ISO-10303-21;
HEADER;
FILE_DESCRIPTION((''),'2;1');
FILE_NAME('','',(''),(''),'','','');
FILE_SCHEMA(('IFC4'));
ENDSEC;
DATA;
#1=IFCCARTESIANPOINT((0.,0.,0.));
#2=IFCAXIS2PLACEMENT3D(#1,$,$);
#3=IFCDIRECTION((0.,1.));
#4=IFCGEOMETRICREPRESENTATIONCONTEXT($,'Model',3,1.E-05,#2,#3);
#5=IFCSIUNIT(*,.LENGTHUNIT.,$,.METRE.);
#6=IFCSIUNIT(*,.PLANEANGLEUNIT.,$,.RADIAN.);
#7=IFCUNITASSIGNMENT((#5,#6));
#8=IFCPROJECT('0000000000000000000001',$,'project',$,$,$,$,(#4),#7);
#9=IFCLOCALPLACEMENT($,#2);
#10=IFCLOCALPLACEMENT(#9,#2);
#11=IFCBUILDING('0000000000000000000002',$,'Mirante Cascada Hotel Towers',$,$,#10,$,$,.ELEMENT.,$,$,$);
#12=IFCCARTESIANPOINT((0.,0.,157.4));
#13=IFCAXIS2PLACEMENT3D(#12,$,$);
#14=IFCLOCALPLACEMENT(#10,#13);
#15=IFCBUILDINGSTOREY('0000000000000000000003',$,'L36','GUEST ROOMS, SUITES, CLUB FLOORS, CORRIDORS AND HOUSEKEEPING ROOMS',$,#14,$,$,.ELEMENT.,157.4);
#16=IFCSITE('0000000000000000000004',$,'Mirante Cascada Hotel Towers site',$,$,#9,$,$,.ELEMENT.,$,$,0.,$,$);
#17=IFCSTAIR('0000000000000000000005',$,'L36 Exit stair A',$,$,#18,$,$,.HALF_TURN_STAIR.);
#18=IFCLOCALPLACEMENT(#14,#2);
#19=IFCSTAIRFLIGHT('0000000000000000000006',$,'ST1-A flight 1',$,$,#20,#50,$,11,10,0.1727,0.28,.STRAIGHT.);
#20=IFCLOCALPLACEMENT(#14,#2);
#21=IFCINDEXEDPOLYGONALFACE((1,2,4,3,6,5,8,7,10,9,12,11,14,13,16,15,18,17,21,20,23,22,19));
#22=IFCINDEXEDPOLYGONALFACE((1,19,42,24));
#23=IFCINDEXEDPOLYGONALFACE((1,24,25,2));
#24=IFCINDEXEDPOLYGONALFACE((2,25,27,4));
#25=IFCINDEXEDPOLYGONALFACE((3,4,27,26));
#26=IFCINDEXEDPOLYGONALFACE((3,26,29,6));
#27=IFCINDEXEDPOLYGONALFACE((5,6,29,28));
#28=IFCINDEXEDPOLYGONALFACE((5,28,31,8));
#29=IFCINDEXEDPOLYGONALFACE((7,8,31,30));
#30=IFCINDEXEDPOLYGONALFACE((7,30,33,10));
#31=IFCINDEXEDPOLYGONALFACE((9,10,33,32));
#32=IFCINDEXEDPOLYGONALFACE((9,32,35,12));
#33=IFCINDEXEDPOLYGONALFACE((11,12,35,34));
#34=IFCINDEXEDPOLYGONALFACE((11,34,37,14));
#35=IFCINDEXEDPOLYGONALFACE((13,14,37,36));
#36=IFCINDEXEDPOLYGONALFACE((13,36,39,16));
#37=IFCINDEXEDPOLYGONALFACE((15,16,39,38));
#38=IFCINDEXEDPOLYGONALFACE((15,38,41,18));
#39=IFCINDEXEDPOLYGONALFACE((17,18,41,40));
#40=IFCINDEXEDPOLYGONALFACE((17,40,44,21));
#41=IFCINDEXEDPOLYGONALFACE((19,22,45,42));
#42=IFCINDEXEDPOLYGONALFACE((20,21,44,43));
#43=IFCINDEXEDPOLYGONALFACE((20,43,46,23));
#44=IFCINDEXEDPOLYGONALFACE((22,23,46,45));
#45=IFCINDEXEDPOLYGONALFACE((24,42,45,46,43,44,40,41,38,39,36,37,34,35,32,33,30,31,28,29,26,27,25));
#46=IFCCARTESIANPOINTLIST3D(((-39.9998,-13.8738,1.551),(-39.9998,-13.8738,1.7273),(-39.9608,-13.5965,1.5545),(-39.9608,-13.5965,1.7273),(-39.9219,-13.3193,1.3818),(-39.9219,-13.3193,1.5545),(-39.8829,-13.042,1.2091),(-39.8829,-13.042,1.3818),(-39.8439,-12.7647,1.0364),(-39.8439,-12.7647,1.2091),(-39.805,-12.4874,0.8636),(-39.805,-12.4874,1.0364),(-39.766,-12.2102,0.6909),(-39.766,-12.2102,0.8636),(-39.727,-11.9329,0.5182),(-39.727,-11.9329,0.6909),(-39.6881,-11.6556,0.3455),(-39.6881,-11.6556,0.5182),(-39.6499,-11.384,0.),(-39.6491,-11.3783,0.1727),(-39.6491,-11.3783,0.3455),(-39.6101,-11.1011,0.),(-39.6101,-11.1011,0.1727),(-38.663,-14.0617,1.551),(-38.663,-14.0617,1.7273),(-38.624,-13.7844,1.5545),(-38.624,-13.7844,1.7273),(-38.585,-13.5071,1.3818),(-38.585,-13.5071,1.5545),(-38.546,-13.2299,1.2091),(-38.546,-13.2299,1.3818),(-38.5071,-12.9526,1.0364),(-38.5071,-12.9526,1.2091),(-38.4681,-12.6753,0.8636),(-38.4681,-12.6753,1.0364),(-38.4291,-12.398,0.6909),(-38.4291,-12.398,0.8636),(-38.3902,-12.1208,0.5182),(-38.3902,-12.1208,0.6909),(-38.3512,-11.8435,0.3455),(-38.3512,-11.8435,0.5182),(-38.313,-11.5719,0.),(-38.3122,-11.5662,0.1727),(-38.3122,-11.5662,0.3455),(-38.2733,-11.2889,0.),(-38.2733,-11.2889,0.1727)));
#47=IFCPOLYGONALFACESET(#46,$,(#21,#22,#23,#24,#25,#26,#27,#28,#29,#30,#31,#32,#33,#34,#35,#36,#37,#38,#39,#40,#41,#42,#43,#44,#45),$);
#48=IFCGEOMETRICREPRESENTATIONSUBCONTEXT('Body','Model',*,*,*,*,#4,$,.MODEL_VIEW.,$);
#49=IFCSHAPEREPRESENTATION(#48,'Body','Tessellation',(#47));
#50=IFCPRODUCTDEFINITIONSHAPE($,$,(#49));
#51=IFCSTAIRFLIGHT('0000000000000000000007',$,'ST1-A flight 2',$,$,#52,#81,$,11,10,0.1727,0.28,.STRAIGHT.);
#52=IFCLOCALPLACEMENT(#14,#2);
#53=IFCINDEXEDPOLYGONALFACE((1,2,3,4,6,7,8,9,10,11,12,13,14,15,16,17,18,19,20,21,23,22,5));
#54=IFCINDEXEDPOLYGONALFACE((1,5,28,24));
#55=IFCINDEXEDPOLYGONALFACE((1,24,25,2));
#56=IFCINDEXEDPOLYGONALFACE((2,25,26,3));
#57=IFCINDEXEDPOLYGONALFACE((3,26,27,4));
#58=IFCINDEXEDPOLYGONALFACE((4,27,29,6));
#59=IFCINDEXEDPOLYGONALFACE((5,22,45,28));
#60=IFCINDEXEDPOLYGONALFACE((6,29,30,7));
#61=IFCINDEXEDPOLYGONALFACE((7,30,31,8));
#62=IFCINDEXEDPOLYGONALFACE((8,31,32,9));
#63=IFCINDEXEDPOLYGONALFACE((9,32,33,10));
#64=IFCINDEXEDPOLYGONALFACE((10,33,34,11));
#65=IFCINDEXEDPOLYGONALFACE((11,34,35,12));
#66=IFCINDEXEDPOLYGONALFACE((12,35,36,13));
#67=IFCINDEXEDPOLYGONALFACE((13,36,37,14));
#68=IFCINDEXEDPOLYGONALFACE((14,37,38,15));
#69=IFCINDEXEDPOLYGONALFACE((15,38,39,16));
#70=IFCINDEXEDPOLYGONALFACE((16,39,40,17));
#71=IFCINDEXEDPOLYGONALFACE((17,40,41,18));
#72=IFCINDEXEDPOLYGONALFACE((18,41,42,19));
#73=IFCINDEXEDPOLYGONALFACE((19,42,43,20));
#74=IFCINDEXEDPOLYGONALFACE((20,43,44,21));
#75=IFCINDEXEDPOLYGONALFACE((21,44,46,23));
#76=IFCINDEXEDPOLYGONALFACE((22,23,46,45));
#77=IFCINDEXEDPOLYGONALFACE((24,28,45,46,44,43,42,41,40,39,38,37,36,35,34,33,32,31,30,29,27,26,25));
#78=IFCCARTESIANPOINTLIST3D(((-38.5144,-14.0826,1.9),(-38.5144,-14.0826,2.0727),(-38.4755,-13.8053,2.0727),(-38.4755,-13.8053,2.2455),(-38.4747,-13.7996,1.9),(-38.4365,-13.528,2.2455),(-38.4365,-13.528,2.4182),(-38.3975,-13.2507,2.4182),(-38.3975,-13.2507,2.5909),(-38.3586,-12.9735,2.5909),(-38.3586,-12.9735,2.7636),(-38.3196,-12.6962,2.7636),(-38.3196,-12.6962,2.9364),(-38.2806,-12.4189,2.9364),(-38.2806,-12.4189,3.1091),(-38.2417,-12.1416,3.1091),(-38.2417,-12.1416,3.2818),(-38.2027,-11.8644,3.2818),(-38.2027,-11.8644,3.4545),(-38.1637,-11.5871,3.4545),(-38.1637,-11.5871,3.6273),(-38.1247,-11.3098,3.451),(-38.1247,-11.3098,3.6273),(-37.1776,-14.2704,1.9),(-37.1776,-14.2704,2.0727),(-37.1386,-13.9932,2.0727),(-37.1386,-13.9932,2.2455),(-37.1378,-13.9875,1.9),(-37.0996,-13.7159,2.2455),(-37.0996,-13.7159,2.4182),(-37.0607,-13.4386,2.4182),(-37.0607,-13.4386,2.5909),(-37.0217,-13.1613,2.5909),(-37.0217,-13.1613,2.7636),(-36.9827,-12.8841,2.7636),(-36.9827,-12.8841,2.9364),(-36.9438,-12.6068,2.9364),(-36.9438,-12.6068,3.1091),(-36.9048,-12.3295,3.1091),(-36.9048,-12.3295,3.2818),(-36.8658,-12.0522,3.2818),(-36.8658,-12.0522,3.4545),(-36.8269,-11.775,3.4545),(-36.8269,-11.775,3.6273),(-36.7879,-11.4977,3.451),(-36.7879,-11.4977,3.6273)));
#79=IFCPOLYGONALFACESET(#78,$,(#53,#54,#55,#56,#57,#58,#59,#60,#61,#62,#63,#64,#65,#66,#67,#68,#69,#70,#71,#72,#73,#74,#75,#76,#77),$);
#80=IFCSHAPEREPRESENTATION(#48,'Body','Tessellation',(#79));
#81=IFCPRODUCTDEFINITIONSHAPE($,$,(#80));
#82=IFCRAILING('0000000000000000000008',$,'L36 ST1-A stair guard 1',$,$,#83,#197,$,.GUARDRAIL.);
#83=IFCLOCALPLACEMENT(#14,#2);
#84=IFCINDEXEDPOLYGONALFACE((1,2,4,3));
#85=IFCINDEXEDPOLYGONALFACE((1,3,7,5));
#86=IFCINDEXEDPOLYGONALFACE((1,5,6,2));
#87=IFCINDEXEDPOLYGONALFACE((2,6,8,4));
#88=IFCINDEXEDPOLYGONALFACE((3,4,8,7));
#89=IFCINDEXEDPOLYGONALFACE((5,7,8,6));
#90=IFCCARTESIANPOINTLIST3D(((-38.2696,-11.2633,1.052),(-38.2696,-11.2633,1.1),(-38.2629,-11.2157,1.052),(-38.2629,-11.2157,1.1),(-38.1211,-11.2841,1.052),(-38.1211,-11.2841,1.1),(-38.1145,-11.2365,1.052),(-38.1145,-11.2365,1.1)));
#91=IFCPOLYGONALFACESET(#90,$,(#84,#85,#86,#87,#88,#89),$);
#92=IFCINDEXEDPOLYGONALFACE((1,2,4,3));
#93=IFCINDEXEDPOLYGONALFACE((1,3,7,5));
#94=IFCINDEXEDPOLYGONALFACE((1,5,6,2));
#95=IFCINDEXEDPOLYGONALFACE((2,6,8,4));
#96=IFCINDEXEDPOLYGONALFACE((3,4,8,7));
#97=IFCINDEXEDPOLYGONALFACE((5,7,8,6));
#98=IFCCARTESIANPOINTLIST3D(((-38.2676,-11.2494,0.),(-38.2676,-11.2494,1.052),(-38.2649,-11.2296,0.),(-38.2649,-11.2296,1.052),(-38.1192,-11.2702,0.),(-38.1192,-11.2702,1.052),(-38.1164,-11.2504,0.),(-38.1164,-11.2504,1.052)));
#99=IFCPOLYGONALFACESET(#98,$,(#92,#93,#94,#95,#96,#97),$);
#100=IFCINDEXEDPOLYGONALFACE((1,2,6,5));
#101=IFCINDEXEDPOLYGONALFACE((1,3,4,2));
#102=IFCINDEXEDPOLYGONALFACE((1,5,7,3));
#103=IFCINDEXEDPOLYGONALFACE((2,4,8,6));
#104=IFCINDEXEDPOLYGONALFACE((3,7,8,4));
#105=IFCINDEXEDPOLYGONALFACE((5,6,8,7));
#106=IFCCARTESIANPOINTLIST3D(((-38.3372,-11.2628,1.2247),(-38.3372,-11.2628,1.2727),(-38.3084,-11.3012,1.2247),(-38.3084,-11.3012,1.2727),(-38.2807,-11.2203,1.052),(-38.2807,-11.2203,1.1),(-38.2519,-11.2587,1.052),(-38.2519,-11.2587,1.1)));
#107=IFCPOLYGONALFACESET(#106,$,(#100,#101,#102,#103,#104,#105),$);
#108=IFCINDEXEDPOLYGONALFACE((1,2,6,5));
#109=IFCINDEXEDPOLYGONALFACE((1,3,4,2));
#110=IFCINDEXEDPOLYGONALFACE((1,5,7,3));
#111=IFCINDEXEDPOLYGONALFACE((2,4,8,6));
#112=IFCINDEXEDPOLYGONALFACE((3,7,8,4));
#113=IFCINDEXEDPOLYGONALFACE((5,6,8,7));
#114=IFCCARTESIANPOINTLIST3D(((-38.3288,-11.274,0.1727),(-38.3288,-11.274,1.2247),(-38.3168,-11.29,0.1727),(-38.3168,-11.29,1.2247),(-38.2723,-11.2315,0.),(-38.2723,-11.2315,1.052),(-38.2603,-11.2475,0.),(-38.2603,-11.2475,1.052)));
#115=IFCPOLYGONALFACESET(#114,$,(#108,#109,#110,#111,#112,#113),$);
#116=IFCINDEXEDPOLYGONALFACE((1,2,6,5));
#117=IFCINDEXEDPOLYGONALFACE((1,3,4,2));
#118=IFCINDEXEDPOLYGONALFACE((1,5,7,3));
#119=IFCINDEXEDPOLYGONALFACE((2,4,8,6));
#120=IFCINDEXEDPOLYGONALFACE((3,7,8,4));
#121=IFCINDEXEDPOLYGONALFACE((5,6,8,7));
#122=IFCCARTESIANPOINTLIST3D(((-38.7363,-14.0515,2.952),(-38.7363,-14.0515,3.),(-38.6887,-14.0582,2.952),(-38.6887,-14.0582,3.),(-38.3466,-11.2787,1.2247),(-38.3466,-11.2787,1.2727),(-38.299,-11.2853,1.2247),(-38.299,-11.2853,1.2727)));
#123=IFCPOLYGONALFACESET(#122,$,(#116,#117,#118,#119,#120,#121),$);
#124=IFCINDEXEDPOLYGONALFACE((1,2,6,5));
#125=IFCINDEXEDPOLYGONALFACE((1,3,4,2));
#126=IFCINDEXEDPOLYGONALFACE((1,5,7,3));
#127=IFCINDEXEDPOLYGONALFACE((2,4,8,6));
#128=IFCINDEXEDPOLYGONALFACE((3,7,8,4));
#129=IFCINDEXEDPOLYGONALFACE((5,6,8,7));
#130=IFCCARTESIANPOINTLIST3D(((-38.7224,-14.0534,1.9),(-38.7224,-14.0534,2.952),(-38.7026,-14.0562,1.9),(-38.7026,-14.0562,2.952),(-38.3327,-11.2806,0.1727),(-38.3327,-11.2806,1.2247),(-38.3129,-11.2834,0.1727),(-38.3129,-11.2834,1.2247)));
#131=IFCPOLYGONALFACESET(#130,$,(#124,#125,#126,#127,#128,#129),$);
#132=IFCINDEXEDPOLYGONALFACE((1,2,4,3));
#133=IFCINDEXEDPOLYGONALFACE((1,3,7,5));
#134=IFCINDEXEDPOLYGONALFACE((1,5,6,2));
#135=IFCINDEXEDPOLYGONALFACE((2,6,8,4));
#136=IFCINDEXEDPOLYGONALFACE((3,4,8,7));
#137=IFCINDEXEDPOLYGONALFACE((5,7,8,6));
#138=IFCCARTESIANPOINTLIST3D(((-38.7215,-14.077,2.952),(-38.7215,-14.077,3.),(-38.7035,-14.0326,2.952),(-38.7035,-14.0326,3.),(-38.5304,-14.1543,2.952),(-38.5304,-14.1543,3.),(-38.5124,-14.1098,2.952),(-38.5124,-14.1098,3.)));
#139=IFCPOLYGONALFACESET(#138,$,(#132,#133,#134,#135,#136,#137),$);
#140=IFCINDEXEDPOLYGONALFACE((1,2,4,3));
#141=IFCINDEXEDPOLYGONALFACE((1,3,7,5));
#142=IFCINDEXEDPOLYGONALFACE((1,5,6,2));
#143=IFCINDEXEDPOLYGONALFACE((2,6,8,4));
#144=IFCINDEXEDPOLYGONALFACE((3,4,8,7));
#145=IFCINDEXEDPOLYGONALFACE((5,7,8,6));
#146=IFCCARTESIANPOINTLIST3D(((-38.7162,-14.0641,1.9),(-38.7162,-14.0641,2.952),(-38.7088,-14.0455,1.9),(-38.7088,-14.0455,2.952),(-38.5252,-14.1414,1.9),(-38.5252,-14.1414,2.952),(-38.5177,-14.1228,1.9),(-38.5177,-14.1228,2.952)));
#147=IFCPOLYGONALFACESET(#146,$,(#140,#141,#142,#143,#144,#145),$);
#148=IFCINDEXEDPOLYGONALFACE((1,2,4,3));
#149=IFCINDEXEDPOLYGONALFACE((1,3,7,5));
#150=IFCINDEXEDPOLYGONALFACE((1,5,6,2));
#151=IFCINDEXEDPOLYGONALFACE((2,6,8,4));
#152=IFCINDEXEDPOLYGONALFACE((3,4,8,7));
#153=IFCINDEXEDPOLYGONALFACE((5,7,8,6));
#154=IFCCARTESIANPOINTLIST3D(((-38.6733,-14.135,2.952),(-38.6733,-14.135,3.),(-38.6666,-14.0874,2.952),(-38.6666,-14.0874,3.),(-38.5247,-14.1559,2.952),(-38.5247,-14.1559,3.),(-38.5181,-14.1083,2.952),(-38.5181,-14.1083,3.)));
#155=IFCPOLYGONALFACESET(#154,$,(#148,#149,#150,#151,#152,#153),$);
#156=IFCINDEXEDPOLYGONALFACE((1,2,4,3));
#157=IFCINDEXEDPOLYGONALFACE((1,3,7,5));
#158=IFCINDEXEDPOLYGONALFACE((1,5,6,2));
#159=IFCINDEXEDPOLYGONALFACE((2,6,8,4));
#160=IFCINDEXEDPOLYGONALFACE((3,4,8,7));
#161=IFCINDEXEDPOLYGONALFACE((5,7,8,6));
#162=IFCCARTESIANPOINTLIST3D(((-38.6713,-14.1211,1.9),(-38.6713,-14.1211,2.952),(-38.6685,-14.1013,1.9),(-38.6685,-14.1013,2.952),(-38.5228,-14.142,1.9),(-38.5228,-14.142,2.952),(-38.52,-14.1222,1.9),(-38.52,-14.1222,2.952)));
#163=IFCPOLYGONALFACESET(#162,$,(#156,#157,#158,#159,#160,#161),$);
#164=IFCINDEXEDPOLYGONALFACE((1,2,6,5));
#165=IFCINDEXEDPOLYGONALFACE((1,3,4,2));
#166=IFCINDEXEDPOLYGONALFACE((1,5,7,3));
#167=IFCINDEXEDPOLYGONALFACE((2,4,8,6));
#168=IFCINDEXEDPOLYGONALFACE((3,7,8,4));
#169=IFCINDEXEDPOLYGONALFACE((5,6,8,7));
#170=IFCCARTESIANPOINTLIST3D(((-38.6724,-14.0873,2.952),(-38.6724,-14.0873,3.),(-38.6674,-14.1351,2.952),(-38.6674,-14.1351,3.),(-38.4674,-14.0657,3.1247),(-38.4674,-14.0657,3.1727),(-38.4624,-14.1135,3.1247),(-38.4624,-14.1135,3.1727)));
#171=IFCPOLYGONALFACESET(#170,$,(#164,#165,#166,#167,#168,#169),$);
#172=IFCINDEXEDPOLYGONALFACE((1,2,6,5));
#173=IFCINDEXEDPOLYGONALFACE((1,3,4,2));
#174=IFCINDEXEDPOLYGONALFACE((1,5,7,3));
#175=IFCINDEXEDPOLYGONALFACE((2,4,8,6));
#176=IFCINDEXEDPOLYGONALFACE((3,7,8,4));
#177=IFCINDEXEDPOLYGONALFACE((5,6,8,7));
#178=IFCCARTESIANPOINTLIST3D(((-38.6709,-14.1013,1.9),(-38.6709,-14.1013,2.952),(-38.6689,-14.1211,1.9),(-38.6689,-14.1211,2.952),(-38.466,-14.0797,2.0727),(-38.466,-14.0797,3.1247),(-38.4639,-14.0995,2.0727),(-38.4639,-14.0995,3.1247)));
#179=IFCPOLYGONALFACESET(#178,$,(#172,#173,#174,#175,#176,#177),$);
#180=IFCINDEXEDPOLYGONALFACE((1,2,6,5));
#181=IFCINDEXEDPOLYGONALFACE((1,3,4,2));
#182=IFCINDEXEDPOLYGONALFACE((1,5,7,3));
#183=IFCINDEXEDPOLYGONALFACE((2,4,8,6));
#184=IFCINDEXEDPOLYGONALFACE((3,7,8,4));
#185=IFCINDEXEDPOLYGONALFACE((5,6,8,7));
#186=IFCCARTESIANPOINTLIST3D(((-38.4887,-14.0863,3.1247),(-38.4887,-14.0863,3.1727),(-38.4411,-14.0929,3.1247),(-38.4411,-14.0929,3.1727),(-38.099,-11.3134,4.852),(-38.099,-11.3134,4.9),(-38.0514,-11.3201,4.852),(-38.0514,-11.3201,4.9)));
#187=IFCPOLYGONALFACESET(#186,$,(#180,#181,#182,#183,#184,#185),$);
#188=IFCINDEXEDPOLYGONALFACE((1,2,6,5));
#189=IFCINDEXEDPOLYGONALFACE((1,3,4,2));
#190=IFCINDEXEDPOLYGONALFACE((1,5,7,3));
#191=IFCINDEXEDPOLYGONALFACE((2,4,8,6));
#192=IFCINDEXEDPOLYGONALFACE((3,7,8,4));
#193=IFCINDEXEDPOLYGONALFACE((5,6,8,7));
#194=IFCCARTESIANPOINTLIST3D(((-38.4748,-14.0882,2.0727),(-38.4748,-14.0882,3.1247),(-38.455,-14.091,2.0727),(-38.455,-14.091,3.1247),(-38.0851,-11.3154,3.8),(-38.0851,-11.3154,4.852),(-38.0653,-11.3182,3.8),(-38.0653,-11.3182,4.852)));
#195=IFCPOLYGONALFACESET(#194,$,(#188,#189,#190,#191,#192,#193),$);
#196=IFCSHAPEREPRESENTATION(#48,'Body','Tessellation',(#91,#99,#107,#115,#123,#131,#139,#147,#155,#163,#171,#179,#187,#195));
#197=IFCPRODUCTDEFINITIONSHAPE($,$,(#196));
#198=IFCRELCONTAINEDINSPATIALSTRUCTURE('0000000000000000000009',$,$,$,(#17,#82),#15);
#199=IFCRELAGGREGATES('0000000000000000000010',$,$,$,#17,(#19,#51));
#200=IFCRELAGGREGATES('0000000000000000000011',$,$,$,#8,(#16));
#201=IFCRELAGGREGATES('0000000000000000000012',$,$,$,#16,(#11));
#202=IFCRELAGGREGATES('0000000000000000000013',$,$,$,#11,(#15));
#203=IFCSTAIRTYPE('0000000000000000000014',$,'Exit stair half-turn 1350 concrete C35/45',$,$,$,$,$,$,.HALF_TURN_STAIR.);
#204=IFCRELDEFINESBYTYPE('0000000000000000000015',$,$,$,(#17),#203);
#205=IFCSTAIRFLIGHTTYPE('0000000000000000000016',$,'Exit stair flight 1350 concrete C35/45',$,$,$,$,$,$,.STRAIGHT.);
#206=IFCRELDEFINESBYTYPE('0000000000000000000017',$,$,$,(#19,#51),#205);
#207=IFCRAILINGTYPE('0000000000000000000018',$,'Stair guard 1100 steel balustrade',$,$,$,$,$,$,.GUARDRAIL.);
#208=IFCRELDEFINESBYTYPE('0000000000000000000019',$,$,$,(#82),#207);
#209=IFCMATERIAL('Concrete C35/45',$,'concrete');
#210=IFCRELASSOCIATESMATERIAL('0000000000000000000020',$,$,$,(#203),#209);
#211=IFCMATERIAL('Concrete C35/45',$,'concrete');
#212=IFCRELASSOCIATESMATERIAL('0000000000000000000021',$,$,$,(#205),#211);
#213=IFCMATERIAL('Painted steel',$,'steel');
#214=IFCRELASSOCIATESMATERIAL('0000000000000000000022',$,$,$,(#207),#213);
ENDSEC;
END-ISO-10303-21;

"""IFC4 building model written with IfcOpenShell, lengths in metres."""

from ifc_helpers import new_model, si_unit, direction, frame, origin, origin_2d, place, context, subcontext, project, spatial, polyline, rectangle, outline, extrude, material, type_object, element, aggregate, save


model = new_model("IFC4")

# Units and contexts
model_context = context("Model", 3, precision=1e-05, world=origin(), true_north=direction((0.0, 1.0)))
body_context = subcontext(model_context, "Body", "Model", "MODEL_VIEW")
ifc_project = project(units=[si_unit("LENGTHUNIT", "METRE"), si_unit("PLANEANGLEUNIT", "RADIAN")], contexts=[model_context])

# Site, building, storey
site_placement = place(None, origin())
site = spatial("IfcSite", under=ifc_project, at=site_placement, Name="Mirante Cascada Hotel Towers site", CompositionType="ELEMENT", RefElevation=0.0)
building_placement = place(site_placement, origin())
building = spatial("IfcBuilding", under=site, at=building_placement, Name="Mirante Cascada Hotel Towers", CompositionType="ELEMENT")
storey_placement = place(building_placement, frame((0.0, 0.0, 157.4)))
storey = spatial("IfcBuildingStorey", under=building, at=storey_placement, Name="L36", Description="GUEST ROOMS, SUITES, CLUB FLOORS, CORRIDORS AND HOUSEKEEPING ROOMS", CompositionType="ELEMENT", Elevation=157.4)

# Stair, stair flights
ifc_material_1 = material(Name="Concrete C35/45", Category="concrete")
stair_type = type_object("IfcStairType", Name="Exit stair half-turn 1350 concrete C35/45", PredefinedType="HALF_TURN_STAIR", material=ifc_material_1)
stair_placement = place(storey_placement, origin())
stair = element("IfcStair", 1, at=stair_placement, inside=storey, type_object=stair_type, Name="L36 Exit stair A", PredefinedType="HALF_TURN_STAIR")
ifc_material_2 = material(Name="Concrete C35/45", Category="concrete")
stair_flight_type = type_object("IfcStairFlightType", Name="Exit stair flight 1350 concrete C35/45", PredefinedType="STRAIGHT", material=ifc_material_2)
stair_flight_1_placement = place(storey_placement, frame((-38.9417, -11.195, 0.0), z_axis=(0.0, 0.0, 1.0), x_axis=(-0.139173, -0.990268, 0.0)))
stair_flight_1 = element("IfcStairFlight", 2, at=stair_flight_1_placement, type_object=stair_flight_type, Name="ST1-A flight 1", NumberOfRisers=11, NumberOfTreads=10, PredefinedType="STRAIGHT", RiserHeight=0.1727, TreadLength=0.28, context=body_context, shape_type="SweptSolid", body=[
    extrude(outline(polyline([(0.0, 0.0), (0.0, 0.1727), (0.28, 0.1727), (0.28, 0.3455), (0.56, 0.3455), (0.56, 0.5182), (0.84, 0.5182), (0.84, 0.6909), (1.12, 0.6909), (1.12, 0.8636), (1.4, 0.8636), (1.4, 1.0364), (1.68, 1.0364), (1.68, 1.2091), (1.96, 1.2091), (1.96, 1.3818), (2.24, 1.3818), (2.24, 1.5545), (2.52, 1.5545), (2.52, 1.7273), (2.8, 1.7273), (2.8, 1.9), (2.8, 1.551), (0.2857, 0.0), (0.0, 0.0)])), frame((0.0, 0.675, 0.0), z_axis=(0.0, -1.0, 0.0), x_axis=(1.0, 0.0, 0.0)), (0.0, 0.0, 1.0), 1.35),
])
stair_flight_2_placement = place(storey_placement, frame((-37.846, -14.1765, 1.9), z_axis=(0.0, 0.0, 1.0), x_axis=(0.139173, 0.990268, 0.0)))
stair_flight_2 = element("IfcStairFlight", 3, at=stair_flight_2_placement, type_object=stair_flight_type, Name="ST1-A flight 2", NumberOfRisers=11, NumberOfTreads=10, PredefinedType="STRAIGHT", RiserHeight=0.1727, TreadLength=0.28, context=body_context, shape_type="SweptSolid", body=[
    extrude(outline(polyline([(0.0, 0.0), (0.0, 0.1727), (0.28, 0.1727), (0.28, 0.3455), (0.56, 0.3455), (0.56, 0.5182), (0.84, 0.5182), (0.84, 0.6909), (1.12, 0.6909), (1.12, 0.8636), (1.4, 0.8636), (1.4, 1.0364), (1.68, 1.0364), (1.68, 1.2091), (1.96, 1.2091), (1.96, 1.3818), (2.24, 1.3818), (2.24, 1.5545), (2.52, 1.5545), (2.52, 1.7273), (2.8, 1.7273), (2.8, 1.9), (2.8, 1.551), (0.2857, 0.0), (0.0, 0.0)])), frame((0.0, 0.675, 0.0), z_axis=(0.0, -1.0, 0.0), x_axis=(1.0, 0.0, 0.0)), (0.0, 0.0, 1.0), 1.35),
])
aggregate(stair, [stair_flight_1, stair_flight_2])

# Railing
ifc_material_3 = material(Name="Painted steel", Category="steel")
railing_type_1 = type_object("IfcRailingType", Name="Stair guard 1100 steel balustrade", PredefinedType="GUARDRAIL", material=ifc_material_3)
railing_1_placement = place(storey_placement, frame((-38.1178, -11.2603, 0.0)))
element("IfcRailing", 4, at=railing_1_placement, inside=storey, type_object=railing_type_1, Name="L36 ST1-A stair guard 1", PredefinedType="GUARDRAIL", context=body_context, shape_type="SweptSolid", body=[
    extrude(rectangle(XDim=0.048, YDim=0.048, at=origin_2d()), frame((0.0, 0.0, 1.076), z_axis=(-0.990333, 0.138713, 0.0), x_axis=(-0.138713, -0.990333, 0.0)), (0.0, 0.0, 1.0), 0.1499),
    extrude(rectangle(XDim=0.02, YDim=1.052, at=origin_2d()), frame((0.0, 0.0, 0.526), z_axis=(-0.990333, 0.138713, 0.0), x_axis=(-0.138713, -0.990333, 0.0)), (0.0, 0.0, 1.0), 0.1499),
    extrude(rectangle(XDim=0.048, YDim=0.048, at=origin_2d()), frame((-0.1485, 0.0208, 1.076), z_axis=(-0.79915, -0.601131, 0.0), x_axis=(0.601131, -0.79915, 0.0)), (0.0, 0.925453, 0.378863), 0.1866),
    extrude(rectangle(XDim=0.02, YDim=1.052, at=origin_2d()), frame((-0.1485, 0.0208, 0.526), z_axis=(-0.79915, -0.601131, 0.0), x_axis=(0.601131, -0.79915, 0.0)), (0.0, 0.925453, 0.378863), 0.1866),
    extrude(rectangle(XDim=0.048, YDim=0.048, at=origin_2d()), frame((-0.205, -0.0217, 1.2487), z_axis=(-0.139176, -0.990268, 0.0), x_axis=(0.990268, -0.139176, 0.0)), (0.0, 0.525021, 0.851089), 3.29),
    extrude(rectangle(XDim=0.02, YDim=1.052, at=origin_2d()), frame((-0.205, -0.0217, 0.6987), z_axis=(-0.139176, -0.990268, 0.0), x_axis=(0.990268, -0.139176, 0.0)), (0.0, 0.525021, 0.851089), 3.29),
    extrude(rectangle(XDim=0.048, YDim=0.048, at=origin_2d()), frame((-0.5947, -2.7945, 2.976), z_axis=(0.927031, -0.374984, 0.0), x_axis=(0.374984, 0.927031, 0.0)), (0.0, 0.0, 1.0), 0.2061),
    extrude(rectangle(XDim=0.02, YDim=1.052, at=origin_2d()), frame((-0.5947, -2.7945, 2.426), z_axis=(0.927031, -0.374984, 0.0), x_axis=(0.374984, 0.927031, 0.0)), (0.0, 0.0, 1.0), 0.2061),
    extrude(rectangle(XDim=0.048, YDim=0.048, at=origin_2d()), frame((-0.4036, -2.8718, 2.976), z_axis=(-0.990241, 0.139367, 0.0), x_axis=(-0.139367, -0.990241, 0.0)), (0.0, 0.0, 1.0), 0.15),
    extrude(rectangle(XDim=0.02, YDim=1.052, at=origin_2d()), frame((-0.4036, -2.8718, 2.426), z_axis=(-0.990241, 0.139367, 0.0), x_axis=(-0.139367, -0.990241, 0.0)), (0.0, 0.0, 1.0), 0.15),
    extrude(rectangle(XDim=0.048, YDim=0.048, at=origin_2d()), frame((-0.5521, -2.8509, 2.976), z_axis=(0.994495, 0.104786, 0.0), x_axis=(-0.104786, 0.994495, 0.0)), (0.0, 0.642203, 0.766534), 0.2689),
    extrude(rectangle(XDim=0.02, YDim=1.052, at=origin_2d()), frame((-0.5521, -2.8509, 2.426), z_axis=(0.994495, 0.104786, 0.0), x_axis=(-0.104786, 0.994495, 0.0)), (0.0, 0.642203, 0.766534), 0.2689),
    extrude(rectangle(XDim=0.048, YDim=0.048, at=origin_2d()), frame((-0.3471, -2.8293, 3.1487), z_axis=(0.139176, 0.990268, 0.0), x_axis=(-0.990268, 0.139176, 0.0)), (0.0, 0.525021, 0.851089), 3.29),
    extrude(rectangle(XDim=0.02, YDim=1.052, at=origin_2d()), frame((-0.3471, -2.8293, 2.5987), z_axis=(0.139176, 0.990268, 0.0), x_axis=(-0.990268, 0.139176, 0.0)), (0.0, 0.525021, 0.851089), 3.29),
])

save(model, "model.ifc")
